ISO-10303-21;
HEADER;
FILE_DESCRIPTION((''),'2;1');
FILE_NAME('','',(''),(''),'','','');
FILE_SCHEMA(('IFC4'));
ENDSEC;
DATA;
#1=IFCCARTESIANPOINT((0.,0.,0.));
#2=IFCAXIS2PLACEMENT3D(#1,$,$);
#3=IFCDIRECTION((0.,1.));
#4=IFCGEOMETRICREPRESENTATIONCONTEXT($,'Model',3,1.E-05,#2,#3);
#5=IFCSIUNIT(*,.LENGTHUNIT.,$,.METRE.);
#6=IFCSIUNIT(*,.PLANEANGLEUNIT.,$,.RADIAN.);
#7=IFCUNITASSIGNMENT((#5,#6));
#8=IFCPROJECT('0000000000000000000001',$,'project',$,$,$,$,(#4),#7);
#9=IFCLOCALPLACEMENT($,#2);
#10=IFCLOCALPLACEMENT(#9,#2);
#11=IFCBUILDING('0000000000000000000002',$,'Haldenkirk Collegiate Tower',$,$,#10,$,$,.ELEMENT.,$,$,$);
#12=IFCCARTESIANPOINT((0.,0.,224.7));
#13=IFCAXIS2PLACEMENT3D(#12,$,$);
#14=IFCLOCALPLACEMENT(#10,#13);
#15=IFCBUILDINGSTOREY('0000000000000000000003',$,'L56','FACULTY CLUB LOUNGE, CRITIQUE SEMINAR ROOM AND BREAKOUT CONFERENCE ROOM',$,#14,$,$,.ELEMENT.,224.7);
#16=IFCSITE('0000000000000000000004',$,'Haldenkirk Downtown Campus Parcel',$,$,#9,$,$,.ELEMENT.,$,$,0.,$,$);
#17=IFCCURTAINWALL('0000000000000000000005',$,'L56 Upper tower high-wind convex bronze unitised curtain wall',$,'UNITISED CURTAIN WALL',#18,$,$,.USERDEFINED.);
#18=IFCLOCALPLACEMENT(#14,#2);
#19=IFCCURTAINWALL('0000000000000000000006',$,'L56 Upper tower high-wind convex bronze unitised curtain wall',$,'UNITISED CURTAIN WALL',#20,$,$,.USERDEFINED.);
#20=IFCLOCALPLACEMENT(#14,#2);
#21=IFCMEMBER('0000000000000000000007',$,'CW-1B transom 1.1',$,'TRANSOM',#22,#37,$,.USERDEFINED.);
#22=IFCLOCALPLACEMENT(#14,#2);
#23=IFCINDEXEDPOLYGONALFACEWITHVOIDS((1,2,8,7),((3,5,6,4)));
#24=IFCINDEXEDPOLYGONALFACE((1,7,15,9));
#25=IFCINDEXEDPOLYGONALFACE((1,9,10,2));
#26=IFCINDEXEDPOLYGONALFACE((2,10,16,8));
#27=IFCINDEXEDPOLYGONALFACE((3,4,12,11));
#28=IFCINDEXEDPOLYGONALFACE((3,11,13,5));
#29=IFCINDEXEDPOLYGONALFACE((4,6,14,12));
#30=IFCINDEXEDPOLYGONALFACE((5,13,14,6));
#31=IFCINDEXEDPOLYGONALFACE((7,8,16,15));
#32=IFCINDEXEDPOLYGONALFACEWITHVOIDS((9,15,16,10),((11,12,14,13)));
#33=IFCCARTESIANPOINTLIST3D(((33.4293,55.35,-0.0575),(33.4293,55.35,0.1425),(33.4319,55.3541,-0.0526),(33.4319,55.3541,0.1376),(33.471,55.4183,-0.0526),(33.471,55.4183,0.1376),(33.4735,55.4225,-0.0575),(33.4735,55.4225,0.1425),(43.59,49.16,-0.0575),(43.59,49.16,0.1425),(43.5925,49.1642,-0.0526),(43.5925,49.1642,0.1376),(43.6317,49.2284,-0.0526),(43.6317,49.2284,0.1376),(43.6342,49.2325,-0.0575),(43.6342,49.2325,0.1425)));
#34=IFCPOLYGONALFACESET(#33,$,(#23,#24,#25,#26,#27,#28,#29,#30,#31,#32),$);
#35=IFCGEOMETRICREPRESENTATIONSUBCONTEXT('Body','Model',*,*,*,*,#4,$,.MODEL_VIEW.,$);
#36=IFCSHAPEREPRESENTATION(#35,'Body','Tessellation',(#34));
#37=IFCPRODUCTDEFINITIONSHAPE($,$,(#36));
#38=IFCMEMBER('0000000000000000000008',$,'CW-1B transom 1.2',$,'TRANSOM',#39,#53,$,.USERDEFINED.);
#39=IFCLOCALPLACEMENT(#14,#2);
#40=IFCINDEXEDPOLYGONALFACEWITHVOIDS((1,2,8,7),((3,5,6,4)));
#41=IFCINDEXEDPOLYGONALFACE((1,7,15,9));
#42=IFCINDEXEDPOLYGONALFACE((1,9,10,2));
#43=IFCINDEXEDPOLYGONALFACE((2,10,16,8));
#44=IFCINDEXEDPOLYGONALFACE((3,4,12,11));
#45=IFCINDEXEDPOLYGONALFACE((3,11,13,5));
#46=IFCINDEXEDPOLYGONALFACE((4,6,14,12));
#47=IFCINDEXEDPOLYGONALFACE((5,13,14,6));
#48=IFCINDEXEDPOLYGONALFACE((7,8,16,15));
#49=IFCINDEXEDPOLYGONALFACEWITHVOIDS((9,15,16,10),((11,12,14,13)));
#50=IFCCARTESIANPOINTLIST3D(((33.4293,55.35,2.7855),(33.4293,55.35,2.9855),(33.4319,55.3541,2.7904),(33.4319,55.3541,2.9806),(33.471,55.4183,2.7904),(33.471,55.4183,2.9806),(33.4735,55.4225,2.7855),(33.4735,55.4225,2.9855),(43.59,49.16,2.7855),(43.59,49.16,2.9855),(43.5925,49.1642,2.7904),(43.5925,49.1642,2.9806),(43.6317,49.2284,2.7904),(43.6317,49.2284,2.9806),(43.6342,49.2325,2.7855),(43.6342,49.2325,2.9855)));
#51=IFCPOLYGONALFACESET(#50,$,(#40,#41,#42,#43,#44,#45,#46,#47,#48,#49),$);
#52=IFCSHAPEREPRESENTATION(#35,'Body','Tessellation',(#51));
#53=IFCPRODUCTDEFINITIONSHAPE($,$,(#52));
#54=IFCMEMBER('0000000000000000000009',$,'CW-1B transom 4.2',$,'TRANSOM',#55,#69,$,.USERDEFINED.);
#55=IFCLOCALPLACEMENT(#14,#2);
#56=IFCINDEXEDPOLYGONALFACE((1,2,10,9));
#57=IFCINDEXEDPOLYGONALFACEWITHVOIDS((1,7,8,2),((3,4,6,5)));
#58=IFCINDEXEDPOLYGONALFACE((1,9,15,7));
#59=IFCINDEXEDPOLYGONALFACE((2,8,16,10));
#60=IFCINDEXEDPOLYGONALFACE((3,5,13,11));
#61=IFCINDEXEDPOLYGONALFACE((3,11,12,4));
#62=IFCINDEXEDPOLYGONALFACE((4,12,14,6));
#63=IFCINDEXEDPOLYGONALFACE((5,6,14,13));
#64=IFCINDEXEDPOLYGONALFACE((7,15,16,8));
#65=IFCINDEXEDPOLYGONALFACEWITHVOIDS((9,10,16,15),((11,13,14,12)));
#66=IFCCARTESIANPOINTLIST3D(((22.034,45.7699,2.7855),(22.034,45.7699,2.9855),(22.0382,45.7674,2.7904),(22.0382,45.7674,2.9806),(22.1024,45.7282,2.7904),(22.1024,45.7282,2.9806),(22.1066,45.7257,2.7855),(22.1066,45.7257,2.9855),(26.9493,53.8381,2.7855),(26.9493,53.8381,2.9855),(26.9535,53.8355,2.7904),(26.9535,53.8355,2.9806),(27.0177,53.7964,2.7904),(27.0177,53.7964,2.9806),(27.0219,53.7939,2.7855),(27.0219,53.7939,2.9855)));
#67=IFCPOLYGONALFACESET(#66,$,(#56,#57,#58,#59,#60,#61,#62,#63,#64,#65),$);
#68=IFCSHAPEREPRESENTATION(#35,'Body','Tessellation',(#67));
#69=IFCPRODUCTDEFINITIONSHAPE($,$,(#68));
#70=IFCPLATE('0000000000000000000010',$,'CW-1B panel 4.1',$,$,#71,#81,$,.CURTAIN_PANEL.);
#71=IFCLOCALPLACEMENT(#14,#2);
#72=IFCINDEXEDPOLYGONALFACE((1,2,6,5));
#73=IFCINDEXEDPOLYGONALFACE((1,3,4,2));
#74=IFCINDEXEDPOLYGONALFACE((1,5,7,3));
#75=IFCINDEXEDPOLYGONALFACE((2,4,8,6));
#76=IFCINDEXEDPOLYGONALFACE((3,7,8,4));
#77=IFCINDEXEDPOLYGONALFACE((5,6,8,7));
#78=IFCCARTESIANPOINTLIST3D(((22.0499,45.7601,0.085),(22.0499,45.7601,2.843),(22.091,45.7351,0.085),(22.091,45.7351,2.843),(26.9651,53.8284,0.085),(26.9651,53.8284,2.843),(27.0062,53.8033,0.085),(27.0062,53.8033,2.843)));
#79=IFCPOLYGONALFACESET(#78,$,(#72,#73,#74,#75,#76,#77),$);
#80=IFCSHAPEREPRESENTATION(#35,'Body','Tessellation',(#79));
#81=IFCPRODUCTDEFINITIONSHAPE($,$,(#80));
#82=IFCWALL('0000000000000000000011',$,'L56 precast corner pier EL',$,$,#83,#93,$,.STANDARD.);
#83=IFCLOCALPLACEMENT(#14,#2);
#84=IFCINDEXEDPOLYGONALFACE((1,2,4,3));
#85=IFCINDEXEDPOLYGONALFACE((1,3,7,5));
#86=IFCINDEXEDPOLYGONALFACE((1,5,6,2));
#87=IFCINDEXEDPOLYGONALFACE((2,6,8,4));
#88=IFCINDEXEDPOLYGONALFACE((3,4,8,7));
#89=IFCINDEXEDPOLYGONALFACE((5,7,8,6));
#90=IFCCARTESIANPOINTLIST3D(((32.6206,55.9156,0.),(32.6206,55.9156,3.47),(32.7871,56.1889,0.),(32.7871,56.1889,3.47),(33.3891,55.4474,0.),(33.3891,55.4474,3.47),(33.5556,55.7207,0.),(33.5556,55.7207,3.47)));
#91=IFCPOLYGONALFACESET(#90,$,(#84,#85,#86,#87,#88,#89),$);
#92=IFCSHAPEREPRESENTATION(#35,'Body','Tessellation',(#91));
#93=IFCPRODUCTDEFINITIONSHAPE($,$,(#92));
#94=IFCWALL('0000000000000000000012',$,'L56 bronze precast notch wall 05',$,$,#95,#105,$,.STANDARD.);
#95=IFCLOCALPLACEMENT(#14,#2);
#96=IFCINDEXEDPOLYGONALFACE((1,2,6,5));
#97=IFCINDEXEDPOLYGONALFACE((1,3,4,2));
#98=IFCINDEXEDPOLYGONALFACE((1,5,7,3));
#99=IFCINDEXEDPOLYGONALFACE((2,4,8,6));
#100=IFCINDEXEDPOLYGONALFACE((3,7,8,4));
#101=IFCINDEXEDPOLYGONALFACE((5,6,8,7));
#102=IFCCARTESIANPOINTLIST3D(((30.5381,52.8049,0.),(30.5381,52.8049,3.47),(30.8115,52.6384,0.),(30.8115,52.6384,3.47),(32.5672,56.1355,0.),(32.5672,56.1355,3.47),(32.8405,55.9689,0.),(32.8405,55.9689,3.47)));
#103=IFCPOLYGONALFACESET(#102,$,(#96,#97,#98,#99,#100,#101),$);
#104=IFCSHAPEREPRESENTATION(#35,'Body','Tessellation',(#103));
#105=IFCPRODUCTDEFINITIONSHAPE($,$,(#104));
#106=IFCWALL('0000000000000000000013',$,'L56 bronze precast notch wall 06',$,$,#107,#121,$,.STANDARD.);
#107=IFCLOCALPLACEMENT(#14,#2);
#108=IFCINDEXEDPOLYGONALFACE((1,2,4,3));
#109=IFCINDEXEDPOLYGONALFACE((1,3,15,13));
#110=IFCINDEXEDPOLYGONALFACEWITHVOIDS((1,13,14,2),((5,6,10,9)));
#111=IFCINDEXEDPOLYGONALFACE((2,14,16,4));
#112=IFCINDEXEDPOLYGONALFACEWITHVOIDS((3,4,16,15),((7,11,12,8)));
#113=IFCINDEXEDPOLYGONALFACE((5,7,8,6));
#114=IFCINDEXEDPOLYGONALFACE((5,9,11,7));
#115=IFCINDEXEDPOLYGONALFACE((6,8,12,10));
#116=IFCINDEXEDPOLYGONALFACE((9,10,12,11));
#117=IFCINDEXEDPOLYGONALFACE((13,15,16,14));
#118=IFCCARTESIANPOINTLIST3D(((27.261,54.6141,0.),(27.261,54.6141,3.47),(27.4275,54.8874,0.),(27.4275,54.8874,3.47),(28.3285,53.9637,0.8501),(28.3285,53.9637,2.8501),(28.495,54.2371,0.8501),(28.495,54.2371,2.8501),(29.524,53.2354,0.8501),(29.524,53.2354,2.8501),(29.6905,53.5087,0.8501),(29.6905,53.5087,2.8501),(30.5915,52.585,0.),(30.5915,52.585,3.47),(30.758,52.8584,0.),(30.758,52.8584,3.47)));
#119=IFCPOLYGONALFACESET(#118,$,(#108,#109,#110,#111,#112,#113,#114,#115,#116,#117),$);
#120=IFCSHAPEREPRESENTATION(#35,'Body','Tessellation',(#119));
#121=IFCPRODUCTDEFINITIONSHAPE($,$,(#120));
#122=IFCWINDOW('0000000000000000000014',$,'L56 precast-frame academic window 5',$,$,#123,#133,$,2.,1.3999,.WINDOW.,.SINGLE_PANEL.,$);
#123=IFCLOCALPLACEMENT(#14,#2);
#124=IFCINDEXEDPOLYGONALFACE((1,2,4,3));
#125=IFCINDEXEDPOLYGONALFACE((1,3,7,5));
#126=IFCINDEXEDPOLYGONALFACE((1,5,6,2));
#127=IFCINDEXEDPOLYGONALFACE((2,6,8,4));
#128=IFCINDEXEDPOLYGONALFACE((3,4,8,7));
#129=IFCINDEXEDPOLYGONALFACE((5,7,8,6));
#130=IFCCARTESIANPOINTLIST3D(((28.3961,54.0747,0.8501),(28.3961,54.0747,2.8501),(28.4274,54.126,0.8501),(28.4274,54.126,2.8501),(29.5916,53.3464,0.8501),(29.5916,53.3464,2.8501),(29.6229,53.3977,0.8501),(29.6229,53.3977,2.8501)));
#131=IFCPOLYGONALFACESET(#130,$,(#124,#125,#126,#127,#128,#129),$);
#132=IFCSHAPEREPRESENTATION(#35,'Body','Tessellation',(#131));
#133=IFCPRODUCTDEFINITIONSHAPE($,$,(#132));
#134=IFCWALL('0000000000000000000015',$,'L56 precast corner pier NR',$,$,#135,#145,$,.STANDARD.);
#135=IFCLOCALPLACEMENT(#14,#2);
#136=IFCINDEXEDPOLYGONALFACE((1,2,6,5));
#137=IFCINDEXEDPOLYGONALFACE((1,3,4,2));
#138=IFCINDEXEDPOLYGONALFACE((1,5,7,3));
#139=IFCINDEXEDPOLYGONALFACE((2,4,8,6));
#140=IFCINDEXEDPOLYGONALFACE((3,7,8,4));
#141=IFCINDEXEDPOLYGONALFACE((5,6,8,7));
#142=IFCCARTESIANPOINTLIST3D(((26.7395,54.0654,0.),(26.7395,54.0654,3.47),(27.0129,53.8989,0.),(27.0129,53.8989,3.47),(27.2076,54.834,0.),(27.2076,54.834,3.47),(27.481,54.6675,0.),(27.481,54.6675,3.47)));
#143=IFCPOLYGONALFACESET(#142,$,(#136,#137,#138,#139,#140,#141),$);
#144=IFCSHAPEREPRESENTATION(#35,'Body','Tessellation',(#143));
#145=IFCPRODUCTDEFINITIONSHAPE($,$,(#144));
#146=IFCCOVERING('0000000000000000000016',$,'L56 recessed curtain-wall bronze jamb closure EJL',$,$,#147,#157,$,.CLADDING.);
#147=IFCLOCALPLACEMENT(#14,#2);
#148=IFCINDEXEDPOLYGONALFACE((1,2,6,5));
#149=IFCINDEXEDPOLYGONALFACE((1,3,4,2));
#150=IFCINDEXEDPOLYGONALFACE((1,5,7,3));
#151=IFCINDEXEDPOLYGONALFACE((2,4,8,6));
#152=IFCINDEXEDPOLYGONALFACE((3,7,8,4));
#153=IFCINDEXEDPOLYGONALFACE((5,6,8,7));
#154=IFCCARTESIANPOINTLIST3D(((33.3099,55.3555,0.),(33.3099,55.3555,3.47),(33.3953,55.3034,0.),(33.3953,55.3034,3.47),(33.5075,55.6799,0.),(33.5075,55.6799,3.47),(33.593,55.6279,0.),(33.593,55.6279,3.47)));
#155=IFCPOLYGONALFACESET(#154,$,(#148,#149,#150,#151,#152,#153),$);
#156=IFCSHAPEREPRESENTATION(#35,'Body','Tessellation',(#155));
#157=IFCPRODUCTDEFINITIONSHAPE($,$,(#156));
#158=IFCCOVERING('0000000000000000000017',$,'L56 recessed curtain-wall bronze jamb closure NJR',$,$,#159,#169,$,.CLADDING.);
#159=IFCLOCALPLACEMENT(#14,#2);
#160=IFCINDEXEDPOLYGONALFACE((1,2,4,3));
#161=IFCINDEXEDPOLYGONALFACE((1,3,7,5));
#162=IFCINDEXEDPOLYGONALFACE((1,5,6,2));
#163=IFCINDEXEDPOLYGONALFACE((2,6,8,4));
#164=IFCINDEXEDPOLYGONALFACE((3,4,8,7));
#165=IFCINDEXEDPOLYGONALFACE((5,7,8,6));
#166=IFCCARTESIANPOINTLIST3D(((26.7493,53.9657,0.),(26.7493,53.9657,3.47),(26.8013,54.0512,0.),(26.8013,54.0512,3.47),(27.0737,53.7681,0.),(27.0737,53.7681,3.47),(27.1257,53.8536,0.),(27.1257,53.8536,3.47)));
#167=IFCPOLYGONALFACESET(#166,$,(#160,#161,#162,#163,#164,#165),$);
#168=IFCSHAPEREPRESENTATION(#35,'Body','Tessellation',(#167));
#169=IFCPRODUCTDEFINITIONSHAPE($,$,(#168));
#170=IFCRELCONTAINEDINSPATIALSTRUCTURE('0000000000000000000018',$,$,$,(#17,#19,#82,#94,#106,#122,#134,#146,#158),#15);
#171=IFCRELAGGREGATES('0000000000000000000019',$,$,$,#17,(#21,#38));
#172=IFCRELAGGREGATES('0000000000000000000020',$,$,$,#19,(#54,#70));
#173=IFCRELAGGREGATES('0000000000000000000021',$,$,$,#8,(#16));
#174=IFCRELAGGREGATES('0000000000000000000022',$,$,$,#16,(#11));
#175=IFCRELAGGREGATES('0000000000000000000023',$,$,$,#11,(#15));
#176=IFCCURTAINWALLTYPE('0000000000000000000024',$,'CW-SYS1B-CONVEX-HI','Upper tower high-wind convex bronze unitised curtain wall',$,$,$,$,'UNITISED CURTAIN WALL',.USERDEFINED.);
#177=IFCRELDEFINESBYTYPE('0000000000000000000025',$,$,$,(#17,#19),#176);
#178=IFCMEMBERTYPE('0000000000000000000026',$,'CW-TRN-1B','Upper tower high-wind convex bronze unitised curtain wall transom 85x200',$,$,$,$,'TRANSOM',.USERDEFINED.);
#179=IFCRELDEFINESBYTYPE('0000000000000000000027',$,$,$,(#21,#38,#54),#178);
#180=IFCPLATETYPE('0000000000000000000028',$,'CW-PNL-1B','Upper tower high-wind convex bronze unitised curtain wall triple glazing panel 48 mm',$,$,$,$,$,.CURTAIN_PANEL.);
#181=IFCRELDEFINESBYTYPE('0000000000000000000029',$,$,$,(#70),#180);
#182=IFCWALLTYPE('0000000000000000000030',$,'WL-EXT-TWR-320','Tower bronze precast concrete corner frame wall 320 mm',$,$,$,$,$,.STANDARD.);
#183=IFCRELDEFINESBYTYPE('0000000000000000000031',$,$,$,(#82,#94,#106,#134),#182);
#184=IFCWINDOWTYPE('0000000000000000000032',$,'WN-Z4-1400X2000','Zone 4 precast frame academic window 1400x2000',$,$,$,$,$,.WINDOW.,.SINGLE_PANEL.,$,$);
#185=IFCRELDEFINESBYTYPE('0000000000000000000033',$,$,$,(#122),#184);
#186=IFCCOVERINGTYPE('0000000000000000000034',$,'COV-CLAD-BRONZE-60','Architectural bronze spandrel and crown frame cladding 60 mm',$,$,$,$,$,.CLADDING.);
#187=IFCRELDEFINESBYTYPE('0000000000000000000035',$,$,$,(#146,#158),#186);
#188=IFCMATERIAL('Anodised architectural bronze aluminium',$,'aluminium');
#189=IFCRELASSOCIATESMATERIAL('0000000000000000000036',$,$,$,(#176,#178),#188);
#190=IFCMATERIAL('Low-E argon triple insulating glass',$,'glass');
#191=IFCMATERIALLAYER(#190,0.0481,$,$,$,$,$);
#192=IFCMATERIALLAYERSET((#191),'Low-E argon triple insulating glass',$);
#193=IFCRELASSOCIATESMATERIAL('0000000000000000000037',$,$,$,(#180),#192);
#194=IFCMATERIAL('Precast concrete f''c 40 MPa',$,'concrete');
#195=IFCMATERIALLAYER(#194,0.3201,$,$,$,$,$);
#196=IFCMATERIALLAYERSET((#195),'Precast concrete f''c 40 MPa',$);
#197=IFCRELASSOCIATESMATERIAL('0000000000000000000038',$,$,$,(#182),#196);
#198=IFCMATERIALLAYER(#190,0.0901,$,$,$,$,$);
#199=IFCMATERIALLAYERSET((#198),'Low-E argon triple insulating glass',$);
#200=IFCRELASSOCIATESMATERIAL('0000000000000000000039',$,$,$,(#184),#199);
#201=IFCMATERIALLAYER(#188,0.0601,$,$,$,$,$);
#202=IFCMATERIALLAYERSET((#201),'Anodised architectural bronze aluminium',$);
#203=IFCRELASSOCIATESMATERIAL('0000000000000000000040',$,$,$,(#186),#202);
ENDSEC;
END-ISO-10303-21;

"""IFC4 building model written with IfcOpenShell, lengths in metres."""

from ifc_helpers import new_model, si_unit, direction, frame, frame_2d, origin, origin_2d, place, context, subcontext, project, spatial, rectangle, hollow_rectangle, extrude, source, transform, mapped, material, layer, layer_set, material_profile, profile_set, type_object, element, fill, aggregate, save


model = new_model("IFC4")

# Units and contexts
model_context = context("Model", 3, precision=1e-05, world=origin(), true_north=direction((0.0, 1.0)))
body_context = subcontext(model_context, "Body", "Model", "MODEL_VIEW")
ifc_project = project(units=[si_unit("LENGTHUNIT", "METRE"), si_unit("PLANEANGLEUNIT", "RADIAN")], contexts=[model_context])

# Site, building, storey
site_placement = place(None, origin())
site = spatial("IfcSite", under=ifc_project, at=site_placement, Name="Haldenkirk Downtown Campus Parcel", CompositionType="ELEMENT", RefElevation=0.0)
building_placement = place(site_placement, origin())
building = spatial("IfcBuilding", under=site, at=building_placement, Name="Haldenkirk Collegiate Tower", CompositionType="ELEMENT")
storey_placement = place(building_placement, frame((0.0, 0.0, 224.7)))
storey = spatial("IfcBuildingStorey", under=building, at=storey_placement, Name="L56", Description="FACULTY CLUB LOUNGE, CRITIQUE SEMINAR ROOM AND BREAKOUT CONFERENCE ROOM", CompositionType="ELEMENT", Elevation=224.7)

# Curtain walls
ifc_material_1 = material(Name="Anodised architectural bronze aluminium", Category="aluminium")
curtain_wall_type = type_object("IfcCurtainWallType", Name="CW-SYS1B-CONVEX-HI", Description="Upper tower high-wind convex bronze unitised curtain wall", ElementType="UNITISED CURTAIN WALL", PredefinedType="USERDEFINED", material=ifc_material_1)
curtain_wall_1_placement = place(storey_placement, origin())
curtain_wall_1 = element("IfcCurtainWall", 1, at=curtain_wall_1_placement, inside=storey, type_object=curtain_wall_type, Name="L56 Upper tower high-wind convex bronze unitised curtain wall", ObjectType="UNITISED CURTAIN WALL", PredefinedType="USERDEFINED")
curtain_wall_2_placement = place(storey_placement, origin())
curtain_wall_2 = element("IfcCurtainWall", 2, at=curtain_wall_2_placement, inside=storey, type_object=curtain_wall_type, Name="L56 Upper tower high-wind convex bronze unitised curtain wall", ObjectType="UNITISED CURTAIN WALL", PredefinedType="USERDEFINED")

# Members
ifc_material_profile_1 = material_profile(ifc_material_1, hollow_rectangle(XDim=0.085, YDim=0.2, WallThickness=0.0049, at=origin_2d()), Name="CW-TRN-1B")
ifc_profile_set_1 = profile_set([ifc_material_profile_1], Name="Anodised architectural bronze aluminium")
member_type_1 = type_object("IfcMemberType", Name="CW-TRN-1B", Description="Upper tower high-wind convex bronze unitised curtain wall transom 85x200", ElementType="TRANSOM", PredefinedType="USERDEFINED", material=ifc_profile_set_1)
member_1_placement = place(storey_placement, frame((33.4514, 55.3862, 0.0425), z_axis=(0.854004, -0.520266, 0.0), x_axis=(0.520266, 0.854004, 0.0)))
member_1 = element("IfcMember", 3, at=member_1_placement, type_object=member_type_1, Name="CW-1B transom 1.1", ObjectType="TRANSOM", PredefinedType="USERDEFINED", context=body_context, shape_type="SweptSolid", body=[
    extrude(hollow_rectangle(XDim=0.085, YDim=0.2, WallThickness=0.0049, at=origin_2d()), origin(), (0.0, 0.0, 1.0), 11.8977),
])
member_2_placement = place(storey_placement, frame((33.4514, 55.3862, 2.8855), z_axis=(0.854004, -0.520266, 0.0), x_axis=(0.520266, 0.854004, 0.0)))
member_2 = element("IfcMember", 4, at=member_2_placement, type_object=member_type_1, Name="CW-1B transom 1.2", ObjectType="TRANSOM", PredefinedType="USERDEFINED", context=body_context, shape_type="SweptSolid", body=[
    extrude(hollow_rectangle(XDim=0.085, YDim=0.2, WallThickness=0.0049, at=origin_2d()), origin(), (0.0, 0.0, 1.0), 11.8977),
])
aggregate(curtain_wall_1, [member_1, member_2])
member_3_placement = place(storey_placement, frame((22.0703, 45.7478, 2.8855), z_axis=(0.520276, 0.853998, 0.0), x_axis=(-0.853998, 0.520276, 0.0)))
member_3 = element("IfcMember", 5, at=member_3_placement, type_object=member_type_1, Name="CW-1B transom 4.2", ObjectType="TRANSOM", PredefinedType="USERDEFINED", context=body_context, shape_type="SweptSolid", body=[
    extrude(hollow_rectangle(XDim=0.085, YDim=0.2, WallThickness=0.0049, at=origin_2d()), origin(), (0.0, 0.0, 1.0), 9.4475),
])

# Plate
ifc_material_2 = material(Name="Low-E argon triple insulating glass", Category="glass")
ifc_layer_1 = layer(ifc_material_2, 0.0481)
ifc_layer_set_1 = layer_set([ifc_layer_1], Name="Low-E argon triple insulating glass")
plate_type = type_object("IfcPlateType", Name="CW-PNL-1B", Description="Upper tower high-wind convex bronze unitised curtain wall triple glazing panel 48 mm", PredefinedType="CURTAIN_PANEL", material=ifc_layer_set_1)
shared_shape_1 = source(origin(), body_context, "Body", "SweptSolid", [
    extrude(rectangle(XDim=9.4475, YDim=0.0481, at=origin_2d()), origin(), (0.0, 0.0, 1.0), 2.7581),
])
plate_placement = place(storey_placement, frame((24.5281, 49.7817, 0.085), z_axis=(0.0, 0.0, 1.0), x_axis=(0.520266, 0.854004, 0.0)))
plate = element("IfcPlate", 6, at=plate_placement, type_object=plate_type, Name="CW-1B panel 4.1", PredefinedType="CURTAIN_PANEL", context=body_context, shape_type="MappedRepresentation", body=[
    mapped(shared_shape_1, transform((0.0, 0.0, 0.0), x_axis=(1.0, 0.0, 0.0), y_axis=(0.0, 1.0, 0.0), z_axis=(0.0, 0.0, 1.0), scale=1.0)),
])
aggregate(curtain_wall_2, [member_3, plate])

# Walls
ifc_material_3 = material(Name="Precast concrete f'c 40 MPa", Category="concrete")
ifc_layer_2 = layer(ifc_material_3, 0.3201)
ifc_layer_set_2 = layer_set([ifc_layer_2], Name="Precast concrete f'c 40 MPa")
wall_type = type_object("IfcWallType", Name="WL-EXT-TWR-320", Description="Tower bronze precast concrete corner frame wall 320 mm", PredefinedType="STANDARD", material=ifc_layer_set_2)
wall_1_placement = place(storey_placement, frame((32.7039, 56.0522, 0.0), z_axis=(0.0, 0.0, 1.0), x_axis=(0.853978, -0.520308, 0.0)))
element("IfcWall", 7, at=wall_1_placement, inside=storey, type_object=wall_type, Name="L56 precast corner pier EL", PredefinedType="STANDARD", context=body_context, shape_type="SweptSolid", body=[
    extrude(rectangle(XDim=0.8999, YDim=0.3201, at=frame_2d((0.45, 0.0))), origin(), (0.0, 0.0, 1.0), 3.47),
])
wall_2_placement = place(storey_placement, frame((30.6748, 52.7217, 0.0), z_axis=(0.0, 0.0, 1.0), x_axis=(0.520275, 0.853999, 0.0)))
element("IfcWall", 8, at=wall_2_placement, inside=storey, type_object=wall_type, Name="L56 bronze precast notch wall 05", PredefinedType="STANDARD", context=body_context, shape_type="SweptSolid", body=[
    extrude(rectangle(XDim=3.8999, YDim=0.3201, at=frame_2d((1.95, 0.0))), origin(), (0.0, 0.0, 1.0), 3.47),
])

# Wall, opening, window
wall_3_placement = place(storey_placement, frame((27.3442, 54.7507, 0.0), z_axis=(0.0, 0.0, 1.0), x_axis=(0.853999, -0.520275, 0.0)))
wall_3 = element("IfcWall", 9, at=wall_3_placement, inside=storey, type_object=wall_type, Name="L56 bronze precast notch wall 06", PredefinedType="STANDARD", context=body_context, shape_type="SweptSolid", body=[
    extrude(rectangle(XDim=3.8999, YDim=0.3201, at=frame_2d((1.95, 0.0))), origin(), (0.0, 0.0, 1.0), 3.47),
])
opening_placement = place(wall_3_placement, frame((1.25, 0.0, 0.8501)))
opening = element("IfcOpeningElement", 10, at=opening_placement, cuts=wall_3, PredefinedType="OPENING", context=body_context, shape_type="SweptSolid", body=[
    extrude(rectangle(XDim=1.3999, YDim=2.0, at=frame_2d((0.7, 1.0))), frame((0.0, 0.1699, 0.0), z_axis=(0.0, -1.0, 0.0), x_axis=(1.0, 0.0, 0.0)), (0.0, 0.0, 1.0), 0.3401),
])
ifc_layer_3 = layer(ifc_material_2, 0.0901)
ifc_layer_set_3 = layer_set([ifc_layer_3], Name="Low-E argon triple insulating glass")
window_type = type_object("IfcWindowType", Name="WN-Z4-1400X2000", Description="Zone 4 precast frame academic window 1400x2000", PartitioningType="SINGLE_PANEL", PredefinedType="WINDOW", material=ifc_layer_set_3)
window_placement = place(opening_placement, origin())
window = element("IfcWindow", 11, at=window_placement, inside=storey, type_object=window_type, Name="L56 precast-frame academic window 5", OverallHeight=2.0, OverallWidth=1.3999, PartitioningType="SINGLE_PANEL", PredefinedType="WINDOW", context=body_context, shape_type="SweptSolid", body=[
    extrude(rectangle(XDim=1.3999, YDim=2.0, at=frame_2d((0.7, 1.0))), frame((0.0, 0.03, 0.0), z_axis=(0.0, -1.0, 0.0), x_axis=(1.0, 0.0, 0.0)), (0.0, 0.0, 1.0), 0.0601),
])
fill(opening, window)

# Wall
wall_4_placement = place(storey_placement, frame((26.8762, 53.9822, 0.0), z_axis=(0.0, 0.0, 1.0), x_axis=(0.52011, 0.854099, 0.0)))
element("IfcWall", 12, at=wall_4_placement, inside=storey, type_object=wall_type, Name="L56 precast corner pier NR", PredefinedType="STANDARD", context=body_context, shape_type="SweptSolid", body=[
    extrude(rectangle(XDim=0.8999, YDim=0.3201, at=frame_2d((0.45, 0.0))), origin(), (0.0, 0.0, 1.0), 3.47),
])

# Coverings
ifc_layer_4 = layer(ifc_material_1, 0.0601)
ifc_layer_set_4 = layer_set([ifc_layer_4], Name="Anodised architectural bronze aluminium")
covering_type = type_object("IfcCoveringType", Name="COV-CLAD-BRONZE-60", Description="Architectural bronze spandrel and crown frame cladding 60 mm", PredefinedType="CLADDING", material=ifc_layer_set_4)
shared_shape_2 = source(origin(), body_context, "Body", "SweptSolid", [
    extrude(rectangle(XDim=0.1001, YDim=0.3799, at=origin_2d()), origin(), (0.0, 0.0, 1.0), 3.47),
])
for number, where, z_axis, x_axis, name in (
    (13, (33.4514, 55.4917, 0.0), (0.0, 0.0, 1.0), (0.854005, -0.520265, 0.0), "L56 recessed curtain-wall bronze jamb closure EJL"),
    (14, (26.9375, 53.9097, 0.0), (0.0, 0.0, 1.0), (0.520265, 0.854005, 0.0), "L56 recessed curtain-wall bronze jamb closure NJR"),
):
    element("IfcCovering", number, at=place(storey_placement, frame(where, z_axis=z_axis, x_axis=x_axis)), inside=storey, type_object=covering_type, Name=name, PredefinedType="CLADDING", context=body_context, shape_type="MappedRepresentation", body=[
        mapped(shared_shape_2, transform((0.0, 0.0, 0.0), x_axis=(1.0, 0.0, 0.0), y_axis=(0.0, 1.0, 0.0), z_axis=(0.0, 0.0, 1.0), scale=1.0)),
    ])

save(model, "model.ifc")
